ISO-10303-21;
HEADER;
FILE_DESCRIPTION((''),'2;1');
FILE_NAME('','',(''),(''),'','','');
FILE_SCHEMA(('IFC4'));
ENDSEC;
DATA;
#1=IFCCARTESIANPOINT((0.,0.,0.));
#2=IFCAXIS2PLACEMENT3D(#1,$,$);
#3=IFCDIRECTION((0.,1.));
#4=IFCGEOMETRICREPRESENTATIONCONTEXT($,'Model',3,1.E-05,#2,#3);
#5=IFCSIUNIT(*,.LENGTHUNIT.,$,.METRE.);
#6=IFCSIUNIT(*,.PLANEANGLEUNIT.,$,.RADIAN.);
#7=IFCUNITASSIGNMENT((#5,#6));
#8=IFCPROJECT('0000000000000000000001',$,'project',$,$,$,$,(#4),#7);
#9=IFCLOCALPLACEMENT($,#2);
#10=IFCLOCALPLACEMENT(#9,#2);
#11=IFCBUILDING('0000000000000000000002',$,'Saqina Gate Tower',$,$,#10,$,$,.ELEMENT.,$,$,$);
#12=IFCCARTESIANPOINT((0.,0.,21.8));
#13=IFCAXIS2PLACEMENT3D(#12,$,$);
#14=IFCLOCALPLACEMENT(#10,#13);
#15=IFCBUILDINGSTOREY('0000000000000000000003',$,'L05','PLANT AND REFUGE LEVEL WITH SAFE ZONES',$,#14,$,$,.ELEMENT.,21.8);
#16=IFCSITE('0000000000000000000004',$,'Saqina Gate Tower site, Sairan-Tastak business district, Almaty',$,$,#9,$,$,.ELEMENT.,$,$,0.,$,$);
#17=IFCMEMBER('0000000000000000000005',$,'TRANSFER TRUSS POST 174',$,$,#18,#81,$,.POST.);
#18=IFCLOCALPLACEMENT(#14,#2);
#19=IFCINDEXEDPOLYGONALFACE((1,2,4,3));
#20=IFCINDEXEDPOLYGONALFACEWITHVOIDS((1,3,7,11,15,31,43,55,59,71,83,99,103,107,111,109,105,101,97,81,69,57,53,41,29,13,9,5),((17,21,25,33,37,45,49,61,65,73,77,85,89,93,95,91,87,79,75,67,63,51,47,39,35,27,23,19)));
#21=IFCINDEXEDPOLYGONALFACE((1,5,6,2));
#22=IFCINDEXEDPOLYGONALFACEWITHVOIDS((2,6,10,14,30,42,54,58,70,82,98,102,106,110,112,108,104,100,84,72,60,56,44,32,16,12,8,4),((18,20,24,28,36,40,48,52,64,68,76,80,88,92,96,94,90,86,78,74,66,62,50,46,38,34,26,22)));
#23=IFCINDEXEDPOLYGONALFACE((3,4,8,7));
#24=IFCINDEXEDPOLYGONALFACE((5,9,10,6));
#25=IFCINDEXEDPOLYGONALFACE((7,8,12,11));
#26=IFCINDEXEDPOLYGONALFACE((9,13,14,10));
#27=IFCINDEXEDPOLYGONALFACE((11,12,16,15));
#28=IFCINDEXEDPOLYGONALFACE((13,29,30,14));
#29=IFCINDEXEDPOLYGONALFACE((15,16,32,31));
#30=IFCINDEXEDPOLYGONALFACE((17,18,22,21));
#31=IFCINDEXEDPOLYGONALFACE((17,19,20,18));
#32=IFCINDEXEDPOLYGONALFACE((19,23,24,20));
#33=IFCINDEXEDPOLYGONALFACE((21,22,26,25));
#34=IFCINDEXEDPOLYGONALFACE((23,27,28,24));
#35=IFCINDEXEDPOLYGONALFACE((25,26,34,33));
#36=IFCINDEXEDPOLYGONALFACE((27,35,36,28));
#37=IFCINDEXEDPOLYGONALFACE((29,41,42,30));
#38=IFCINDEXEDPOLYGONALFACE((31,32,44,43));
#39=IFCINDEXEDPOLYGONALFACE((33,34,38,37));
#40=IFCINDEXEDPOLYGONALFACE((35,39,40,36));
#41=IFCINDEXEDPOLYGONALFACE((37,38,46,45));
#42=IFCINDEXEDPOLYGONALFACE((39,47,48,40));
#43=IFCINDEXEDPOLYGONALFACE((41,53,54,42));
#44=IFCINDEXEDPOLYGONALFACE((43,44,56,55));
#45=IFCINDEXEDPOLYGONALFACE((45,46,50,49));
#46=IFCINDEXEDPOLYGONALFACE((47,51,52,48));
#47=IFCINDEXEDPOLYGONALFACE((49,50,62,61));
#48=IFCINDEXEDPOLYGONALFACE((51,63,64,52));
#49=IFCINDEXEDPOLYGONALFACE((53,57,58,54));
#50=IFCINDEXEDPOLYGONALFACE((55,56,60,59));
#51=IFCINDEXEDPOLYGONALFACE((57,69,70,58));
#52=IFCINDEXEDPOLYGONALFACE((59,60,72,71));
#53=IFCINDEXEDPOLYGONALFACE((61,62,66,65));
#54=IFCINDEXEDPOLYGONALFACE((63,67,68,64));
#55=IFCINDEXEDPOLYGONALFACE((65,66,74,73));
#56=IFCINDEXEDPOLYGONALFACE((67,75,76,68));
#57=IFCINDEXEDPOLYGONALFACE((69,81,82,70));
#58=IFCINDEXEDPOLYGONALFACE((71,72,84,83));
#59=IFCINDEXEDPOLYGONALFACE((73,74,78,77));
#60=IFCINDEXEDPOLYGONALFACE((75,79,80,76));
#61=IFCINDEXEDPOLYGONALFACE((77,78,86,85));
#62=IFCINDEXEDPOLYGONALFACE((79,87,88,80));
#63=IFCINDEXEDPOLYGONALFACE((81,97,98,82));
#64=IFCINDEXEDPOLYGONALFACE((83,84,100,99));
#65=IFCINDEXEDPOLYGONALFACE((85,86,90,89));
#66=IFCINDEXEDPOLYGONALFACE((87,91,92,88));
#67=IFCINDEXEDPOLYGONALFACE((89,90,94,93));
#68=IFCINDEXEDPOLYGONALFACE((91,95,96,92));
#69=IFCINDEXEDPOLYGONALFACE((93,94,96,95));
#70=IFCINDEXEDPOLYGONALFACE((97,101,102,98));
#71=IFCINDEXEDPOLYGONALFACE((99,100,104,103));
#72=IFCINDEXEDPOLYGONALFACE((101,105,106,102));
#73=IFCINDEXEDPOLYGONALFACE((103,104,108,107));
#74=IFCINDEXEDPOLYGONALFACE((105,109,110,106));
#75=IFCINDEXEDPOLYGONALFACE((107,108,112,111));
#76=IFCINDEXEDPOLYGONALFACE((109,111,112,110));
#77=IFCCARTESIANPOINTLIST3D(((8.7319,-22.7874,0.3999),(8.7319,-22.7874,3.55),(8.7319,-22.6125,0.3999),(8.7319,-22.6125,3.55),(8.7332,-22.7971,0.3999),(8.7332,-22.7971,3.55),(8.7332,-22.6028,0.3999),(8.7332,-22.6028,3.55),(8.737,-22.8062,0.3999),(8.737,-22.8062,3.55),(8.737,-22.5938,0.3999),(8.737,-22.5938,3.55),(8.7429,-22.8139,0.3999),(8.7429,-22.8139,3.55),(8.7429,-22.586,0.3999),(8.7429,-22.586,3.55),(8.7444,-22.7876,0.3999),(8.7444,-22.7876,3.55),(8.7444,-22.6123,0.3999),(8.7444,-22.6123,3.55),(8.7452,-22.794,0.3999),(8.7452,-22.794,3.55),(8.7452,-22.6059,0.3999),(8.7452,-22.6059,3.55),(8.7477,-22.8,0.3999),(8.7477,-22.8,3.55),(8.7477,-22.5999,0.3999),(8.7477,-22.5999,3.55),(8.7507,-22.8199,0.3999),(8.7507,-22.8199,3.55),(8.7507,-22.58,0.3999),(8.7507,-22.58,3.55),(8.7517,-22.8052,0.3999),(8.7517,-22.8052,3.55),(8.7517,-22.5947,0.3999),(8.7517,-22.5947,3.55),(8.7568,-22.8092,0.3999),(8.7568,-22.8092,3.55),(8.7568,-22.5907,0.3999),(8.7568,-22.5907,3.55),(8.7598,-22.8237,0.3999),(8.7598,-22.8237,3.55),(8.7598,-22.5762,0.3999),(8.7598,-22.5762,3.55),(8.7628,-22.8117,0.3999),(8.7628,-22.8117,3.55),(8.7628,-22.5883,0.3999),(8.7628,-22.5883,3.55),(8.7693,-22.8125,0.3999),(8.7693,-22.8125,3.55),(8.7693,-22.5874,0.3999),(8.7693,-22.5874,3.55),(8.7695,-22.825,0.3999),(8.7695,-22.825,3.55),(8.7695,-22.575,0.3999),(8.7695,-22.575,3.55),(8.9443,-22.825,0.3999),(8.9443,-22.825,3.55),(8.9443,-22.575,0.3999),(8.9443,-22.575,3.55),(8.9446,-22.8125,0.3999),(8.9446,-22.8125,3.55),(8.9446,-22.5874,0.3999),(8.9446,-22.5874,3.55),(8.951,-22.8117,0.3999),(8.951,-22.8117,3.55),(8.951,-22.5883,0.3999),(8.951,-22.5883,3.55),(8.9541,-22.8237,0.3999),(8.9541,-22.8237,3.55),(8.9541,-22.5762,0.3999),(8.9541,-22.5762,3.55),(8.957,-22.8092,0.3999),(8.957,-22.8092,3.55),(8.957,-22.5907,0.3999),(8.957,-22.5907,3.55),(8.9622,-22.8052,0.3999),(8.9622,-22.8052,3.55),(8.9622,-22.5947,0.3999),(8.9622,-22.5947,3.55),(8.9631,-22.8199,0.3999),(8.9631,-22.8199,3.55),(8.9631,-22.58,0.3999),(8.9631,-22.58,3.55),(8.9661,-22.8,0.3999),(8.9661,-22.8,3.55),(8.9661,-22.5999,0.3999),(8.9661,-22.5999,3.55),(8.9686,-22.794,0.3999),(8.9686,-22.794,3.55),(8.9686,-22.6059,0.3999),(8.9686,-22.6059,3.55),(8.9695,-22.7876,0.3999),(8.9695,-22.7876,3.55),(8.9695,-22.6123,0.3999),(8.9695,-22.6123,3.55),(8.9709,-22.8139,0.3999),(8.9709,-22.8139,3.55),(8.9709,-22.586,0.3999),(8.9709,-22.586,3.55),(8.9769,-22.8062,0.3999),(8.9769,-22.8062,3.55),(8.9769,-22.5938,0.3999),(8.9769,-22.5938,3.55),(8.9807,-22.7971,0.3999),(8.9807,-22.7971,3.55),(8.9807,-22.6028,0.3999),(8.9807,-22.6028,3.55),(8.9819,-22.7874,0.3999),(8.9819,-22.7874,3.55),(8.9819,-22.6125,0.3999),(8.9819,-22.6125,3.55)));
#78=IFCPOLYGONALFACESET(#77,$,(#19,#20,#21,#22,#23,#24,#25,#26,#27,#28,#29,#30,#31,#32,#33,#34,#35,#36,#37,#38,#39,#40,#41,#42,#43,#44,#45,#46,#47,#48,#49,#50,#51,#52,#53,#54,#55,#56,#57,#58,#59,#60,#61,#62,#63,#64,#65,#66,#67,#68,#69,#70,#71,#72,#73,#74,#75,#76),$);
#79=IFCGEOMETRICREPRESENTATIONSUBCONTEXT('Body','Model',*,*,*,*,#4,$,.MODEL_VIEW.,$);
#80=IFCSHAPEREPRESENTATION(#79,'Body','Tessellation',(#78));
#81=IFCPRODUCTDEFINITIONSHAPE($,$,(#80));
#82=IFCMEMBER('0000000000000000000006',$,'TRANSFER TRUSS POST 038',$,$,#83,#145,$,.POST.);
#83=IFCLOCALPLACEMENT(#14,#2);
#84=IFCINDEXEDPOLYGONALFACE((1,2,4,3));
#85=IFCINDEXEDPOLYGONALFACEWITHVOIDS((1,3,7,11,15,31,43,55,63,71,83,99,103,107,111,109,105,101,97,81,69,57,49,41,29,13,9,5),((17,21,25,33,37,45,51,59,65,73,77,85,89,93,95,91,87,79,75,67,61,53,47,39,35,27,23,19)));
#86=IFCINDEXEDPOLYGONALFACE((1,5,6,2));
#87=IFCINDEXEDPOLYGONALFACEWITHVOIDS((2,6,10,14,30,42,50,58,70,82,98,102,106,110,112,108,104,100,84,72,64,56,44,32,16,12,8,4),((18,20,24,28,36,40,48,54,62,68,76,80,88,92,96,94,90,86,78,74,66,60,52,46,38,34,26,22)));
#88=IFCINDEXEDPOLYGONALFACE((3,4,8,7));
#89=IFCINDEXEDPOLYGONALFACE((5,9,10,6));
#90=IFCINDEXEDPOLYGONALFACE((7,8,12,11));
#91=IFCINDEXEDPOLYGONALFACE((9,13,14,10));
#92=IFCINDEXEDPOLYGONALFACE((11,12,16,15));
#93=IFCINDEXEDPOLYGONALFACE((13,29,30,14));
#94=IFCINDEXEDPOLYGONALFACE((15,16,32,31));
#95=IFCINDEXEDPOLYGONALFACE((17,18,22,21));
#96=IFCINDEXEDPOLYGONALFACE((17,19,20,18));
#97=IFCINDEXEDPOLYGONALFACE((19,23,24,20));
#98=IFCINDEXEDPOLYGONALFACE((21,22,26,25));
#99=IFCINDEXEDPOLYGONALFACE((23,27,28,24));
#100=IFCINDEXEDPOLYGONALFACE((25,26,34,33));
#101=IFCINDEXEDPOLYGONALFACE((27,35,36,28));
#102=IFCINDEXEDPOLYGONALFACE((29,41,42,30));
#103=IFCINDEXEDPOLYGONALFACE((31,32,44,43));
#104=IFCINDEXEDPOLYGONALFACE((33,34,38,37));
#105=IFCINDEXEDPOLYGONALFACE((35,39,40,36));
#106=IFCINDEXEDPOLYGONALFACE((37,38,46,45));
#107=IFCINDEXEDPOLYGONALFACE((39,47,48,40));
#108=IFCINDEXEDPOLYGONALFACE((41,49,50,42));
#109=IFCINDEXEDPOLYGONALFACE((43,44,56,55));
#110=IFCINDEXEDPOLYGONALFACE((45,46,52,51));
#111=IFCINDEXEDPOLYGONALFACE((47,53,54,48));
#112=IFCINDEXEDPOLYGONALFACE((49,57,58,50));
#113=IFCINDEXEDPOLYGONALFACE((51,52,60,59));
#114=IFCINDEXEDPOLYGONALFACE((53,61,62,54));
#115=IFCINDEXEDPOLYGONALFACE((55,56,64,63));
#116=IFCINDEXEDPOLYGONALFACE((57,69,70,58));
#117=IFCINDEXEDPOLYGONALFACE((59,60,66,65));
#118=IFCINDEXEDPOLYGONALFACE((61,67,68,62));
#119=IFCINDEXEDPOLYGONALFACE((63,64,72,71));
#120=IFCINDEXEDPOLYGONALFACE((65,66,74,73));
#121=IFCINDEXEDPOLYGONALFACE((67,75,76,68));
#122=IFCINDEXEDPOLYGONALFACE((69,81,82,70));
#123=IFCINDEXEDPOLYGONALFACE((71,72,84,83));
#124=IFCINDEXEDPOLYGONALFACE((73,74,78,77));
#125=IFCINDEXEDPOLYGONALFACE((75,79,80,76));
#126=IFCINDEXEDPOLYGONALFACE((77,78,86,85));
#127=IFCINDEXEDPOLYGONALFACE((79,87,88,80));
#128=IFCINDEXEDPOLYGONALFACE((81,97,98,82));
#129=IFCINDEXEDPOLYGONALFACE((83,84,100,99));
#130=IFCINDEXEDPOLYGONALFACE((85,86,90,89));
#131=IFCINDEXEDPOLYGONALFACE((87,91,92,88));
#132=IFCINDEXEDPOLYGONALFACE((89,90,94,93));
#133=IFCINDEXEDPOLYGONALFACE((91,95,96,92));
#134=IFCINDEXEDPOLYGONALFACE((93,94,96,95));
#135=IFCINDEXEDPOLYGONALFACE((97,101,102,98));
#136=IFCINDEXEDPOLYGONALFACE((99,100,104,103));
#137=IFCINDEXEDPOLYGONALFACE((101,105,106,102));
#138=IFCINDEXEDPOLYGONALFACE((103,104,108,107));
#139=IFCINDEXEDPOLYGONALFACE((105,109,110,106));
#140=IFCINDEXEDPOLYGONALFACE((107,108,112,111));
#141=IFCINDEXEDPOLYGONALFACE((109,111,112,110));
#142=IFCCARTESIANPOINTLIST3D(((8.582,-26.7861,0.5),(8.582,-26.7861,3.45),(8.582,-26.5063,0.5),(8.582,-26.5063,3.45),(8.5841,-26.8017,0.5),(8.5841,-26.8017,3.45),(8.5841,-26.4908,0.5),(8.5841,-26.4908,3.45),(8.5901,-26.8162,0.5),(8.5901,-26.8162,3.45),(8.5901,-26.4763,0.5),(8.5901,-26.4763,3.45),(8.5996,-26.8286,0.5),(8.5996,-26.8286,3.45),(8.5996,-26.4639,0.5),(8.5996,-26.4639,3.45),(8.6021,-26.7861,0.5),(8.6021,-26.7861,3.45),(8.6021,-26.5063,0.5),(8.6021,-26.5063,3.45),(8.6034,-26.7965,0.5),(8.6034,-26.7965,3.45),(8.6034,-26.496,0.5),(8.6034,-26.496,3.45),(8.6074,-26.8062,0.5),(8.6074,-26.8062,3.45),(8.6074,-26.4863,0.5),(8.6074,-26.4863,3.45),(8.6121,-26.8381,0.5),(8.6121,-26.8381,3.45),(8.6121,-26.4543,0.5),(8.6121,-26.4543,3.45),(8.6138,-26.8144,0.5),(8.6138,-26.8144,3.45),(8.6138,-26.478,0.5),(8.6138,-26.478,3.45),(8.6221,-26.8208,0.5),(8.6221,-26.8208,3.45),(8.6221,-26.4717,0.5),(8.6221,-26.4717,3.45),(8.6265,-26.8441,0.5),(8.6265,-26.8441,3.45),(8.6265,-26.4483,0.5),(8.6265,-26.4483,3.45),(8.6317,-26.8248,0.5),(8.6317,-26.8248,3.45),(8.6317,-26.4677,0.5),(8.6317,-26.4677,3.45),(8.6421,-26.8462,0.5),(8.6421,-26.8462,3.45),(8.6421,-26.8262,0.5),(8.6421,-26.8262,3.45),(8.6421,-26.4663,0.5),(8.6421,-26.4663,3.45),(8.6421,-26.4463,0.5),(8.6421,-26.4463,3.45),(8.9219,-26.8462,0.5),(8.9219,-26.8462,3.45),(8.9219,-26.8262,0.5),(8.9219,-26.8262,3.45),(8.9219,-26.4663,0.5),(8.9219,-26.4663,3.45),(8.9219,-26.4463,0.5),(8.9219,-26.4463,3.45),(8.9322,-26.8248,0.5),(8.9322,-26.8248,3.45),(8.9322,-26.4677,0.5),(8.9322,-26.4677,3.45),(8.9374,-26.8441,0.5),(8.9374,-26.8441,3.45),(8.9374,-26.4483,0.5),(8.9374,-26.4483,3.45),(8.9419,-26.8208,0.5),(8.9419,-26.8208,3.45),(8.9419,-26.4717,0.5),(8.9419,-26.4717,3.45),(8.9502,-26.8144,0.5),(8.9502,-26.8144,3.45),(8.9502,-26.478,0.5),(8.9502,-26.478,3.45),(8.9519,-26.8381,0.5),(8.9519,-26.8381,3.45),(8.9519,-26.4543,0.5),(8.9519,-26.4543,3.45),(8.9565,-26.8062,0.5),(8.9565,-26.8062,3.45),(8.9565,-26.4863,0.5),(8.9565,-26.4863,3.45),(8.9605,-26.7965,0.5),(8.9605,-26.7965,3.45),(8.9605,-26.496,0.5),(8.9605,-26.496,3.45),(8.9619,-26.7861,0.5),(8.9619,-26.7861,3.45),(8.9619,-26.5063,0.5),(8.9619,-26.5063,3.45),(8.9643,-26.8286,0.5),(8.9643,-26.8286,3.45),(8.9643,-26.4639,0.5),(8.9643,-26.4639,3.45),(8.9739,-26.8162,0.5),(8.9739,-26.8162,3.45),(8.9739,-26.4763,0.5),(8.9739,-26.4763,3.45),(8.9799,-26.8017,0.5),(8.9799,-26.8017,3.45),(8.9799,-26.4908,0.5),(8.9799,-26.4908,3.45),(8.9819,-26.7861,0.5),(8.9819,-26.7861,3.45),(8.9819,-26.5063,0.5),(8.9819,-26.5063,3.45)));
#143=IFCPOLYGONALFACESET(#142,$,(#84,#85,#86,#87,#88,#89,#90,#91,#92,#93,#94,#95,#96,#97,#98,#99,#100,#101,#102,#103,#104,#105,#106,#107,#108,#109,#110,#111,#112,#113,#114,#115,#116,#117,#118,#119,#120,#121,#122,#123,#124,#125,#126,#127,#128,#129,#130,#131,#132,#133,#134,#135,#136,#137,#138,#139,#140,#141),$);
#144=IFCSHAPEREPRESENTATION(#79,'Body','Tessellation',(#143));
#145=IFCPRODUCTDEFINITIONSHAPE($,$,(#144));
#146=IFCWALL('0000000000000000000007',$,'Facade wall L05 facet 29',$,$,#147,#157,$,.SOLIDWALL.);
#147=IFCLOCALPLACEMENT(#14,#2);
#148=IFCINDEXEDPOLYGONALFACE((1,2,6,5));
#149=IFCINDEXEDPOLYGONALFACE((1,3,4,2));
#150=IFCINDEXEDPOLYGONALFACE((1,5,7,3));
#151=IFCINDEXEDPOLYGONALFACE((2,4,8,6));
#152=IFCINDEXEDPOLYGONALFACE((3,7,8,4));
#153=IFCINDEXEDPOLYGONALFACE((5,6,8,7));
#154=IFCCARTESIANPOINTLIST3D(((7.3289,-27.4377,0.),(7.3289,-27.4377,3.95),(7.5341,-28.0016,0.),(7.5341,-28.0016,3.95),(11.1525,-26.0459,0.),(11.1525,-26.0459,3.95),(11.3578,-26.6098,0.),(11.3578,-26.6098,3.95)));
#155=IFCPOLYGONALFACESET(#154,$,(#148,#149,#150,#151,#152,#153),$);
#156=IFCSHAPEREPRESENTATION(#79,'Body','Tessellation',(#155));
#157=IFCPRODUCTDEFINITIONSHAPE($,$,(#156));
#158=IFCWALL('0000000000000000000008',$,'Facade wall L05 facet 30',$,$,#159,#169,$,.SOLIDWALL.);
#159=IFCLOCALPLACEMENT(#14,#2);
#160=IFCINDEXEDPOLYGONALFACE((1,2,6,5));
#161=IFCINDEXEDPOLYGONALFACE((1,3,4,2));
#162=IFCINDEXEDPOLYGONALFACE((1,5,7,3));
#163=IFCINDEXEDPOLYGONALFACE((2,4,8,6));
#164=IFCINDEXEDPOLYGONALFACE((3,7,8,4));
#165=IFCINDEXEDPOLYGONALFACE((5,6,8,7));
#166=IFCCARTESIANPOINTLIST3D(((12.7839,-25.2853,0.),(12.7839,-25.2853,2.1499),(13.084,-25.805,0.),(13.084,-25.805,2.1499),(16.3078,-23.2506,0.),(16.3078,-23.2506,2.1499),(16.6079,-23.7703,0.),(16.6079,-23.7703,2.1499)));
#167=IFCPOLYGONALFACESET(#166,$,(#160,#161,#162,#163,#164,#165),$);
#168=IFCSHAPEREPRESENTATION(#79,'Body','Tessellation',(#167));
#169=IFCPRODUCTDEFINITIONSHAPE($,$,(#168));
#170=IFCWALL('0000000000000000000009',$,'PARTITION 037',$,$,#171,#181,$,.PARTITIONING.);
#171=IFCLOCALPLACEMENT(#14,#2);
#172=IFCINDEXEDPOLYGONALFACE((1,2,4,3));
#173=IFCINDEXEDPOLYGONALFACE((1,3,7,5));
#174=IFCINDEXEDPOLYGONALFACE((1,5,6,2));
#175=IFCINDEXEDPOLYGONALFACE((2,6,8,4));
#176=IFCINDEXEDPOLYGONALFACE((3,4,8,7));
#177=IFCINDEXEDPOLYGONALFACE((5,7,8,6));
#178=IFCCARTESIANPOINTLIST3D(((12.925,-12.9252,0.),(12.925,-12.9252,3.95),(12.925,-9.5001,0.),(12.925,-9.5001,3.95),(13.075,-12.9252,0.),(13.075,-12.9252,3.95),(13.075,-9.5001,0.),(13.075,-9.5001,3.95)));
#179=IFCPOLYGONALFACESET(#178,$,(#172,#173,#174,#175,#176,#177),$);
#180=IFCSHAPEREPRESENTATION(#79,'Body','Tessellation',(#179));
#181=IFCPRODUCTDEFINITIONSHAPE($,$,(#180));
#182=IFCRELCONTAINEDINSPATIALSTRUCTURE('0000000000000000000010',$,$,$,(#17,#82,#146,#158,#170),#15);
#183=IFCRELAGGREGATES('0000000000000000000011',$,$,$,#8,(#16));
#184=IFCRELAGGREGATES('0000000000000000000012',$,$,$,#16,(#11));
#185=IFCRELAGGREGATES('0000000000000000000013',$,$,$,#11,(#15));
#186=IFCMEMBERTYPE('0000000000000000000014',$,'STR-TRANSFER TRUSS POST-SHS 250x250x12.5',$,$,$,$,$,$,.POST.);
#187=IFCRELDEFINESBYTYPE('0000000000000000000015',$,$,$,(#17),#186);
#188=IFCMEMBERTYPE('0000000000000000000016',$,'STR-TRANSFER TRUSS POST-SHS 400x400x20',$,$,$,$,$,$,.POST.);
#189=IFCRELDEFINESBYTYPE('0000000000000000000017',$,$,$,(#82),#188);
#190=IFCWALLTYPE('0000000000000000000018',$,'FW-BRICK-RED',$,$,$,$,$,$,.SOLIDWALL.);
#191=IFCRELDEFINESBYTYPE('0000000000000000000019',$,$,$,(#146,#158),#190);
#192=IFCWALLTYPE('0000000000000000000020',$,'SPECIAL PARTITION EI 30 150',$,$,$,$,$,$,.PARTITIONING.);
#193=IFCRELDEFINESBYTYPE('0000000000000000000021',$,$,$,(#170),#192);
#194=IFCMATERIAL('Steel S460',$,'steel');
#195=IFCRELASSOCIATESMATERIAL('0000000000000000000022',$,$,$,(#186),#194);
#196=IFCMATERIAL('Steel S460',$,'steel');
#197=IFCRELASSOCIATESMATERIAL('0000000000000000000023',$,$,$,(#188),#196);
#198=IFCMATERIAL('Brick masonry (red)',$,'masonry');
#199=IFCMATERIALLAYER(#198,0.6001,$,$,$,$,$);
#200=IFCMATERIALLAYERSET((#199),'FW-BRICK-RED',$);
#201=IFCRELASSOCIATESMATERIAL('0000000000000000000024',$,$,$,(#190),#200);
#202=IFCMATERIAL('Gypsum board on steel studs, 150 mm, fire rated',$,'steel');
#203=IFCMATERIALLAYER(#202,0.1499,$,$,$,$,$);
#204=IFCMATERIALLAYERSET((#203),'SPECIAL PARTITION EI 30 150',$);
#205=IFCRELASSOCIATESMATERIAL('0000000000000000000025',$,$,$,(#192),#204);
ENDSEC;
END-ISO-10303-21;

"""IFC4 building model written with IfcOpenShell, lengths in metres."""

from ifc_helpers import new_model, si_unit, direction, frame, frame_2d, origin, origin_2d, place, context, subcontext, project, spatial, rectangle, hollow_rectangle, extrude, material, layer, layer_set, material_profile, profile_set, type_object, element, save


model = new_model("IFC4")

# Units and contexts
model_context = context("Model", 3, precision=1e-05, world=origin(), true_north=direction((0.0, 1.0)))
body_context = subcontext(model_context, "Body", "Model", "MODEL_VIEW")
ifc_project = project(units=[si_unit("LENGTHUNIT", "METRE"), si_unit("PLANEANGLEUNIT", "RADIAN")], contexts=[model_context])

# Site, building, storey
site_placement = place(None, origin())
site = spatial("IfcSite", under=ifc_project, at=site_placement, Name="Saqina Gate Tower site, Sairan-Tastak business district, Almaty", CompositionType="ELEMENT", RefElevation=0.0)
building_placement = place(site_placement, origin())
building = spatial("IfcBuilding", under=site, at=building_placement, Name="Saqina Gate Tower", CompositionType="ELEMENT")
storey_placement = place(building_placement, frame((0.0, 0.0, 21.8)))
storey = spatial("IfcBuildingStorey", under=building, at=storey_placement, Name="L05", Description="PLANT AND REFUGE LEVEL WITH SAFE ZONES", CompositionType="ELEMENT", Elevation=21.8)

# Members
ifc_material_1 = material(Name="Steel S460", Category="steel")
ifc_material_profile_1 = material_profile(ifc_material_1, hollow_rectangle(XDim=0.25, YDim=0.25, WallThickness=0.0125, InnerFilletRadius=0.0249, OuterFilletRadius=0.0376, at=origin_2d()), Name="SHS 250x250x12.5")
ifc_profile_set_1 = profile_set([ifc_material_profile_1], Name="Steel S460")
member_type_1 = type_object("IfcMemberType", Name="STR-TRANSFER TRUSS POST-SHS 250x250x12.5", PredefinedType="POST", material=ifc_profile_set_1)
for number, where, z_axis, x_axis, name in (
    (1, (8.8569, -22.7, 0.3999), (0.0, 0.0, 1.0), (1.0, 0.0, 0.0), "TRANSFER TRUSS POST 174"),
):
    element("IfcMember", number, at=place(storey_placement, frame(where, z_axis=z_axis, x_axis=x_axis)), inside=storey, type_object=member_type_1, Name=name, PredefinedType="POST", context=body_context, shape_type="SweptSolid", body=[
        extrude(hollow_rectangle(XDim=0.25, YDim=0.25, WallThickness=0.0125, InnerFilletRadius=0.0249, OuterFilletRadius=0.0376, at=origin_2d()), origin(), (0.0, 0.0, 1.0), 3.1501),
    ])
ifc_material_2 = material(Name="Steel S460", Category="steel")
ifc_material_profile_2 = material_profile(ifc_material_2, hollow_rectangle(XDim=0.3999, YDim=0.3999, WallThickness=0.02, InnerFilletRadius=0.04, OuterFilletRadius=0.0601, at=origin_2d()), Name="SHS 400x400x20")
ifc_profile_set_2 = profile_set([ifc_material_profile_2], Name="Steel S460")
member_type_2 = type_object("IfcMemberType", Name="STR-TRANSFER TRUSS POST-SHS 400x400x20", PredefinedType="POST", material=ifc_profile_set_2)
member_1_placement = place(storey_placement, frame((8.782, -26.6462, 0.5), z_axis=(0.0, 0.0, 1.0), x_axis=(1.0, 0.0, 0.0)))
element("IfcMember", 2, at=member_1_placement, inside=storey, type_object=member_type_2, Name="TRANSFER TRUSS POST 038", PredefinedType="POST", context=body_context, shape_type="SweptSolid", body=[
    extrude(hollow_rectangle(XDim=0.3999, YDim=0.3999, WallThickness=0.02, InnerFilletRadius=0.04, OuterFilletRadius=0.0601, at=origin_2d()), origin(), (0.0, 0.0, 1.0), 2.95),
])

# Walls
ifc_material_3 = material(Name="Brick masonry (red)", Category="masonry")
ifc_layer_1 = layer(ifc_material_3, 0.6001)
ifc_layer_set_1 = layer_set([ifc_layer_1], Name="FW-BRICK-RED")
wall_type_1 = type_object("IfcWallType", Name="FW-BRICK-RED", PredefinedType="SOLIDWALL", material=ifc_layer_set_1)
wall_1_placement = place(storey_placement, frame((7.4314, -27.7197, 0.0), z_axis=(0.0, 0.0, 1.0), x_axis=(0.939683, 0.342047, 0.0)))
element("IfcWall", 3, at=wall_1_placement, inside=storey, type_object=wall_type_1, Name="Facade wall L05 facet 29", PredefinedType="SOLIDWALL", context=body_context, shape_type="SweptSolid", body=[
    extrude(rectangle(XDim=4.0691, YDim=0.6001, at=frame_2d((2.0347, 0.0))), origin(), (0.0, 0.0, 1.0), 3.95),
])
wall_2_placement = place(storey_placement, frame((12.9338, -25.5452, 0.0), z_axis=(0.0, 0.0, 1.0), x_axis=(0.866012, 0.500024, 0.0)))
element("IfcWall", 4, at=wall_2_placement, inside=storey, type_object=wall_type_1, Name="Facade wall L05 facet 30", PredefinedType="SOLIDWALL", context=body_context, shape_type="SweptSolid", body=[
    extrude(rectangle(XDim=4.0691, YDim=0.6001, at=frame_2d((2.0347, 0.0))), origin(), (0.0, 0.0, 1.0), 2.1499),
])
ifc_material_4 = material(Name="Gypsum board on steel studs, 150 mm, fire rated", Category="steel")
ifc_layer_2 = layer(ifc_material_4, 0.1499)
ifc_layer_set_2 = layer_set([ifc_layer_2], Name="SPECIAL PARTITION EI 30 150")
wall_type_2 = type_object("IfcWallType", Name="SPECIAL PARTITION EI 30 150", PredefinedType="PARTITIONING", material=ifc_layer_set_2)
wall_3_placement = place(storey_placement, frame((13.0, -12.925, 0.0), z_axis=(0.0, 0.0, 1.0), x_axis=(0.0, 1.0, 0.0)))
element("IfcWall", 5, at=wall_3_placement, inside=storey, type_object=wall_type_2, Name="PARTITION 037", PredefinedType="PARTITIONING", context=body_context, shape_type="SweptSolid", body=[
    extrude(rectangle(XDim=3.425, YDim=0.1499, at=frame_2d((1.7124, 0.0))), origin(), (0.0, 0.0, 1.0), 3.95),
])

save(model, "model.ifc")
